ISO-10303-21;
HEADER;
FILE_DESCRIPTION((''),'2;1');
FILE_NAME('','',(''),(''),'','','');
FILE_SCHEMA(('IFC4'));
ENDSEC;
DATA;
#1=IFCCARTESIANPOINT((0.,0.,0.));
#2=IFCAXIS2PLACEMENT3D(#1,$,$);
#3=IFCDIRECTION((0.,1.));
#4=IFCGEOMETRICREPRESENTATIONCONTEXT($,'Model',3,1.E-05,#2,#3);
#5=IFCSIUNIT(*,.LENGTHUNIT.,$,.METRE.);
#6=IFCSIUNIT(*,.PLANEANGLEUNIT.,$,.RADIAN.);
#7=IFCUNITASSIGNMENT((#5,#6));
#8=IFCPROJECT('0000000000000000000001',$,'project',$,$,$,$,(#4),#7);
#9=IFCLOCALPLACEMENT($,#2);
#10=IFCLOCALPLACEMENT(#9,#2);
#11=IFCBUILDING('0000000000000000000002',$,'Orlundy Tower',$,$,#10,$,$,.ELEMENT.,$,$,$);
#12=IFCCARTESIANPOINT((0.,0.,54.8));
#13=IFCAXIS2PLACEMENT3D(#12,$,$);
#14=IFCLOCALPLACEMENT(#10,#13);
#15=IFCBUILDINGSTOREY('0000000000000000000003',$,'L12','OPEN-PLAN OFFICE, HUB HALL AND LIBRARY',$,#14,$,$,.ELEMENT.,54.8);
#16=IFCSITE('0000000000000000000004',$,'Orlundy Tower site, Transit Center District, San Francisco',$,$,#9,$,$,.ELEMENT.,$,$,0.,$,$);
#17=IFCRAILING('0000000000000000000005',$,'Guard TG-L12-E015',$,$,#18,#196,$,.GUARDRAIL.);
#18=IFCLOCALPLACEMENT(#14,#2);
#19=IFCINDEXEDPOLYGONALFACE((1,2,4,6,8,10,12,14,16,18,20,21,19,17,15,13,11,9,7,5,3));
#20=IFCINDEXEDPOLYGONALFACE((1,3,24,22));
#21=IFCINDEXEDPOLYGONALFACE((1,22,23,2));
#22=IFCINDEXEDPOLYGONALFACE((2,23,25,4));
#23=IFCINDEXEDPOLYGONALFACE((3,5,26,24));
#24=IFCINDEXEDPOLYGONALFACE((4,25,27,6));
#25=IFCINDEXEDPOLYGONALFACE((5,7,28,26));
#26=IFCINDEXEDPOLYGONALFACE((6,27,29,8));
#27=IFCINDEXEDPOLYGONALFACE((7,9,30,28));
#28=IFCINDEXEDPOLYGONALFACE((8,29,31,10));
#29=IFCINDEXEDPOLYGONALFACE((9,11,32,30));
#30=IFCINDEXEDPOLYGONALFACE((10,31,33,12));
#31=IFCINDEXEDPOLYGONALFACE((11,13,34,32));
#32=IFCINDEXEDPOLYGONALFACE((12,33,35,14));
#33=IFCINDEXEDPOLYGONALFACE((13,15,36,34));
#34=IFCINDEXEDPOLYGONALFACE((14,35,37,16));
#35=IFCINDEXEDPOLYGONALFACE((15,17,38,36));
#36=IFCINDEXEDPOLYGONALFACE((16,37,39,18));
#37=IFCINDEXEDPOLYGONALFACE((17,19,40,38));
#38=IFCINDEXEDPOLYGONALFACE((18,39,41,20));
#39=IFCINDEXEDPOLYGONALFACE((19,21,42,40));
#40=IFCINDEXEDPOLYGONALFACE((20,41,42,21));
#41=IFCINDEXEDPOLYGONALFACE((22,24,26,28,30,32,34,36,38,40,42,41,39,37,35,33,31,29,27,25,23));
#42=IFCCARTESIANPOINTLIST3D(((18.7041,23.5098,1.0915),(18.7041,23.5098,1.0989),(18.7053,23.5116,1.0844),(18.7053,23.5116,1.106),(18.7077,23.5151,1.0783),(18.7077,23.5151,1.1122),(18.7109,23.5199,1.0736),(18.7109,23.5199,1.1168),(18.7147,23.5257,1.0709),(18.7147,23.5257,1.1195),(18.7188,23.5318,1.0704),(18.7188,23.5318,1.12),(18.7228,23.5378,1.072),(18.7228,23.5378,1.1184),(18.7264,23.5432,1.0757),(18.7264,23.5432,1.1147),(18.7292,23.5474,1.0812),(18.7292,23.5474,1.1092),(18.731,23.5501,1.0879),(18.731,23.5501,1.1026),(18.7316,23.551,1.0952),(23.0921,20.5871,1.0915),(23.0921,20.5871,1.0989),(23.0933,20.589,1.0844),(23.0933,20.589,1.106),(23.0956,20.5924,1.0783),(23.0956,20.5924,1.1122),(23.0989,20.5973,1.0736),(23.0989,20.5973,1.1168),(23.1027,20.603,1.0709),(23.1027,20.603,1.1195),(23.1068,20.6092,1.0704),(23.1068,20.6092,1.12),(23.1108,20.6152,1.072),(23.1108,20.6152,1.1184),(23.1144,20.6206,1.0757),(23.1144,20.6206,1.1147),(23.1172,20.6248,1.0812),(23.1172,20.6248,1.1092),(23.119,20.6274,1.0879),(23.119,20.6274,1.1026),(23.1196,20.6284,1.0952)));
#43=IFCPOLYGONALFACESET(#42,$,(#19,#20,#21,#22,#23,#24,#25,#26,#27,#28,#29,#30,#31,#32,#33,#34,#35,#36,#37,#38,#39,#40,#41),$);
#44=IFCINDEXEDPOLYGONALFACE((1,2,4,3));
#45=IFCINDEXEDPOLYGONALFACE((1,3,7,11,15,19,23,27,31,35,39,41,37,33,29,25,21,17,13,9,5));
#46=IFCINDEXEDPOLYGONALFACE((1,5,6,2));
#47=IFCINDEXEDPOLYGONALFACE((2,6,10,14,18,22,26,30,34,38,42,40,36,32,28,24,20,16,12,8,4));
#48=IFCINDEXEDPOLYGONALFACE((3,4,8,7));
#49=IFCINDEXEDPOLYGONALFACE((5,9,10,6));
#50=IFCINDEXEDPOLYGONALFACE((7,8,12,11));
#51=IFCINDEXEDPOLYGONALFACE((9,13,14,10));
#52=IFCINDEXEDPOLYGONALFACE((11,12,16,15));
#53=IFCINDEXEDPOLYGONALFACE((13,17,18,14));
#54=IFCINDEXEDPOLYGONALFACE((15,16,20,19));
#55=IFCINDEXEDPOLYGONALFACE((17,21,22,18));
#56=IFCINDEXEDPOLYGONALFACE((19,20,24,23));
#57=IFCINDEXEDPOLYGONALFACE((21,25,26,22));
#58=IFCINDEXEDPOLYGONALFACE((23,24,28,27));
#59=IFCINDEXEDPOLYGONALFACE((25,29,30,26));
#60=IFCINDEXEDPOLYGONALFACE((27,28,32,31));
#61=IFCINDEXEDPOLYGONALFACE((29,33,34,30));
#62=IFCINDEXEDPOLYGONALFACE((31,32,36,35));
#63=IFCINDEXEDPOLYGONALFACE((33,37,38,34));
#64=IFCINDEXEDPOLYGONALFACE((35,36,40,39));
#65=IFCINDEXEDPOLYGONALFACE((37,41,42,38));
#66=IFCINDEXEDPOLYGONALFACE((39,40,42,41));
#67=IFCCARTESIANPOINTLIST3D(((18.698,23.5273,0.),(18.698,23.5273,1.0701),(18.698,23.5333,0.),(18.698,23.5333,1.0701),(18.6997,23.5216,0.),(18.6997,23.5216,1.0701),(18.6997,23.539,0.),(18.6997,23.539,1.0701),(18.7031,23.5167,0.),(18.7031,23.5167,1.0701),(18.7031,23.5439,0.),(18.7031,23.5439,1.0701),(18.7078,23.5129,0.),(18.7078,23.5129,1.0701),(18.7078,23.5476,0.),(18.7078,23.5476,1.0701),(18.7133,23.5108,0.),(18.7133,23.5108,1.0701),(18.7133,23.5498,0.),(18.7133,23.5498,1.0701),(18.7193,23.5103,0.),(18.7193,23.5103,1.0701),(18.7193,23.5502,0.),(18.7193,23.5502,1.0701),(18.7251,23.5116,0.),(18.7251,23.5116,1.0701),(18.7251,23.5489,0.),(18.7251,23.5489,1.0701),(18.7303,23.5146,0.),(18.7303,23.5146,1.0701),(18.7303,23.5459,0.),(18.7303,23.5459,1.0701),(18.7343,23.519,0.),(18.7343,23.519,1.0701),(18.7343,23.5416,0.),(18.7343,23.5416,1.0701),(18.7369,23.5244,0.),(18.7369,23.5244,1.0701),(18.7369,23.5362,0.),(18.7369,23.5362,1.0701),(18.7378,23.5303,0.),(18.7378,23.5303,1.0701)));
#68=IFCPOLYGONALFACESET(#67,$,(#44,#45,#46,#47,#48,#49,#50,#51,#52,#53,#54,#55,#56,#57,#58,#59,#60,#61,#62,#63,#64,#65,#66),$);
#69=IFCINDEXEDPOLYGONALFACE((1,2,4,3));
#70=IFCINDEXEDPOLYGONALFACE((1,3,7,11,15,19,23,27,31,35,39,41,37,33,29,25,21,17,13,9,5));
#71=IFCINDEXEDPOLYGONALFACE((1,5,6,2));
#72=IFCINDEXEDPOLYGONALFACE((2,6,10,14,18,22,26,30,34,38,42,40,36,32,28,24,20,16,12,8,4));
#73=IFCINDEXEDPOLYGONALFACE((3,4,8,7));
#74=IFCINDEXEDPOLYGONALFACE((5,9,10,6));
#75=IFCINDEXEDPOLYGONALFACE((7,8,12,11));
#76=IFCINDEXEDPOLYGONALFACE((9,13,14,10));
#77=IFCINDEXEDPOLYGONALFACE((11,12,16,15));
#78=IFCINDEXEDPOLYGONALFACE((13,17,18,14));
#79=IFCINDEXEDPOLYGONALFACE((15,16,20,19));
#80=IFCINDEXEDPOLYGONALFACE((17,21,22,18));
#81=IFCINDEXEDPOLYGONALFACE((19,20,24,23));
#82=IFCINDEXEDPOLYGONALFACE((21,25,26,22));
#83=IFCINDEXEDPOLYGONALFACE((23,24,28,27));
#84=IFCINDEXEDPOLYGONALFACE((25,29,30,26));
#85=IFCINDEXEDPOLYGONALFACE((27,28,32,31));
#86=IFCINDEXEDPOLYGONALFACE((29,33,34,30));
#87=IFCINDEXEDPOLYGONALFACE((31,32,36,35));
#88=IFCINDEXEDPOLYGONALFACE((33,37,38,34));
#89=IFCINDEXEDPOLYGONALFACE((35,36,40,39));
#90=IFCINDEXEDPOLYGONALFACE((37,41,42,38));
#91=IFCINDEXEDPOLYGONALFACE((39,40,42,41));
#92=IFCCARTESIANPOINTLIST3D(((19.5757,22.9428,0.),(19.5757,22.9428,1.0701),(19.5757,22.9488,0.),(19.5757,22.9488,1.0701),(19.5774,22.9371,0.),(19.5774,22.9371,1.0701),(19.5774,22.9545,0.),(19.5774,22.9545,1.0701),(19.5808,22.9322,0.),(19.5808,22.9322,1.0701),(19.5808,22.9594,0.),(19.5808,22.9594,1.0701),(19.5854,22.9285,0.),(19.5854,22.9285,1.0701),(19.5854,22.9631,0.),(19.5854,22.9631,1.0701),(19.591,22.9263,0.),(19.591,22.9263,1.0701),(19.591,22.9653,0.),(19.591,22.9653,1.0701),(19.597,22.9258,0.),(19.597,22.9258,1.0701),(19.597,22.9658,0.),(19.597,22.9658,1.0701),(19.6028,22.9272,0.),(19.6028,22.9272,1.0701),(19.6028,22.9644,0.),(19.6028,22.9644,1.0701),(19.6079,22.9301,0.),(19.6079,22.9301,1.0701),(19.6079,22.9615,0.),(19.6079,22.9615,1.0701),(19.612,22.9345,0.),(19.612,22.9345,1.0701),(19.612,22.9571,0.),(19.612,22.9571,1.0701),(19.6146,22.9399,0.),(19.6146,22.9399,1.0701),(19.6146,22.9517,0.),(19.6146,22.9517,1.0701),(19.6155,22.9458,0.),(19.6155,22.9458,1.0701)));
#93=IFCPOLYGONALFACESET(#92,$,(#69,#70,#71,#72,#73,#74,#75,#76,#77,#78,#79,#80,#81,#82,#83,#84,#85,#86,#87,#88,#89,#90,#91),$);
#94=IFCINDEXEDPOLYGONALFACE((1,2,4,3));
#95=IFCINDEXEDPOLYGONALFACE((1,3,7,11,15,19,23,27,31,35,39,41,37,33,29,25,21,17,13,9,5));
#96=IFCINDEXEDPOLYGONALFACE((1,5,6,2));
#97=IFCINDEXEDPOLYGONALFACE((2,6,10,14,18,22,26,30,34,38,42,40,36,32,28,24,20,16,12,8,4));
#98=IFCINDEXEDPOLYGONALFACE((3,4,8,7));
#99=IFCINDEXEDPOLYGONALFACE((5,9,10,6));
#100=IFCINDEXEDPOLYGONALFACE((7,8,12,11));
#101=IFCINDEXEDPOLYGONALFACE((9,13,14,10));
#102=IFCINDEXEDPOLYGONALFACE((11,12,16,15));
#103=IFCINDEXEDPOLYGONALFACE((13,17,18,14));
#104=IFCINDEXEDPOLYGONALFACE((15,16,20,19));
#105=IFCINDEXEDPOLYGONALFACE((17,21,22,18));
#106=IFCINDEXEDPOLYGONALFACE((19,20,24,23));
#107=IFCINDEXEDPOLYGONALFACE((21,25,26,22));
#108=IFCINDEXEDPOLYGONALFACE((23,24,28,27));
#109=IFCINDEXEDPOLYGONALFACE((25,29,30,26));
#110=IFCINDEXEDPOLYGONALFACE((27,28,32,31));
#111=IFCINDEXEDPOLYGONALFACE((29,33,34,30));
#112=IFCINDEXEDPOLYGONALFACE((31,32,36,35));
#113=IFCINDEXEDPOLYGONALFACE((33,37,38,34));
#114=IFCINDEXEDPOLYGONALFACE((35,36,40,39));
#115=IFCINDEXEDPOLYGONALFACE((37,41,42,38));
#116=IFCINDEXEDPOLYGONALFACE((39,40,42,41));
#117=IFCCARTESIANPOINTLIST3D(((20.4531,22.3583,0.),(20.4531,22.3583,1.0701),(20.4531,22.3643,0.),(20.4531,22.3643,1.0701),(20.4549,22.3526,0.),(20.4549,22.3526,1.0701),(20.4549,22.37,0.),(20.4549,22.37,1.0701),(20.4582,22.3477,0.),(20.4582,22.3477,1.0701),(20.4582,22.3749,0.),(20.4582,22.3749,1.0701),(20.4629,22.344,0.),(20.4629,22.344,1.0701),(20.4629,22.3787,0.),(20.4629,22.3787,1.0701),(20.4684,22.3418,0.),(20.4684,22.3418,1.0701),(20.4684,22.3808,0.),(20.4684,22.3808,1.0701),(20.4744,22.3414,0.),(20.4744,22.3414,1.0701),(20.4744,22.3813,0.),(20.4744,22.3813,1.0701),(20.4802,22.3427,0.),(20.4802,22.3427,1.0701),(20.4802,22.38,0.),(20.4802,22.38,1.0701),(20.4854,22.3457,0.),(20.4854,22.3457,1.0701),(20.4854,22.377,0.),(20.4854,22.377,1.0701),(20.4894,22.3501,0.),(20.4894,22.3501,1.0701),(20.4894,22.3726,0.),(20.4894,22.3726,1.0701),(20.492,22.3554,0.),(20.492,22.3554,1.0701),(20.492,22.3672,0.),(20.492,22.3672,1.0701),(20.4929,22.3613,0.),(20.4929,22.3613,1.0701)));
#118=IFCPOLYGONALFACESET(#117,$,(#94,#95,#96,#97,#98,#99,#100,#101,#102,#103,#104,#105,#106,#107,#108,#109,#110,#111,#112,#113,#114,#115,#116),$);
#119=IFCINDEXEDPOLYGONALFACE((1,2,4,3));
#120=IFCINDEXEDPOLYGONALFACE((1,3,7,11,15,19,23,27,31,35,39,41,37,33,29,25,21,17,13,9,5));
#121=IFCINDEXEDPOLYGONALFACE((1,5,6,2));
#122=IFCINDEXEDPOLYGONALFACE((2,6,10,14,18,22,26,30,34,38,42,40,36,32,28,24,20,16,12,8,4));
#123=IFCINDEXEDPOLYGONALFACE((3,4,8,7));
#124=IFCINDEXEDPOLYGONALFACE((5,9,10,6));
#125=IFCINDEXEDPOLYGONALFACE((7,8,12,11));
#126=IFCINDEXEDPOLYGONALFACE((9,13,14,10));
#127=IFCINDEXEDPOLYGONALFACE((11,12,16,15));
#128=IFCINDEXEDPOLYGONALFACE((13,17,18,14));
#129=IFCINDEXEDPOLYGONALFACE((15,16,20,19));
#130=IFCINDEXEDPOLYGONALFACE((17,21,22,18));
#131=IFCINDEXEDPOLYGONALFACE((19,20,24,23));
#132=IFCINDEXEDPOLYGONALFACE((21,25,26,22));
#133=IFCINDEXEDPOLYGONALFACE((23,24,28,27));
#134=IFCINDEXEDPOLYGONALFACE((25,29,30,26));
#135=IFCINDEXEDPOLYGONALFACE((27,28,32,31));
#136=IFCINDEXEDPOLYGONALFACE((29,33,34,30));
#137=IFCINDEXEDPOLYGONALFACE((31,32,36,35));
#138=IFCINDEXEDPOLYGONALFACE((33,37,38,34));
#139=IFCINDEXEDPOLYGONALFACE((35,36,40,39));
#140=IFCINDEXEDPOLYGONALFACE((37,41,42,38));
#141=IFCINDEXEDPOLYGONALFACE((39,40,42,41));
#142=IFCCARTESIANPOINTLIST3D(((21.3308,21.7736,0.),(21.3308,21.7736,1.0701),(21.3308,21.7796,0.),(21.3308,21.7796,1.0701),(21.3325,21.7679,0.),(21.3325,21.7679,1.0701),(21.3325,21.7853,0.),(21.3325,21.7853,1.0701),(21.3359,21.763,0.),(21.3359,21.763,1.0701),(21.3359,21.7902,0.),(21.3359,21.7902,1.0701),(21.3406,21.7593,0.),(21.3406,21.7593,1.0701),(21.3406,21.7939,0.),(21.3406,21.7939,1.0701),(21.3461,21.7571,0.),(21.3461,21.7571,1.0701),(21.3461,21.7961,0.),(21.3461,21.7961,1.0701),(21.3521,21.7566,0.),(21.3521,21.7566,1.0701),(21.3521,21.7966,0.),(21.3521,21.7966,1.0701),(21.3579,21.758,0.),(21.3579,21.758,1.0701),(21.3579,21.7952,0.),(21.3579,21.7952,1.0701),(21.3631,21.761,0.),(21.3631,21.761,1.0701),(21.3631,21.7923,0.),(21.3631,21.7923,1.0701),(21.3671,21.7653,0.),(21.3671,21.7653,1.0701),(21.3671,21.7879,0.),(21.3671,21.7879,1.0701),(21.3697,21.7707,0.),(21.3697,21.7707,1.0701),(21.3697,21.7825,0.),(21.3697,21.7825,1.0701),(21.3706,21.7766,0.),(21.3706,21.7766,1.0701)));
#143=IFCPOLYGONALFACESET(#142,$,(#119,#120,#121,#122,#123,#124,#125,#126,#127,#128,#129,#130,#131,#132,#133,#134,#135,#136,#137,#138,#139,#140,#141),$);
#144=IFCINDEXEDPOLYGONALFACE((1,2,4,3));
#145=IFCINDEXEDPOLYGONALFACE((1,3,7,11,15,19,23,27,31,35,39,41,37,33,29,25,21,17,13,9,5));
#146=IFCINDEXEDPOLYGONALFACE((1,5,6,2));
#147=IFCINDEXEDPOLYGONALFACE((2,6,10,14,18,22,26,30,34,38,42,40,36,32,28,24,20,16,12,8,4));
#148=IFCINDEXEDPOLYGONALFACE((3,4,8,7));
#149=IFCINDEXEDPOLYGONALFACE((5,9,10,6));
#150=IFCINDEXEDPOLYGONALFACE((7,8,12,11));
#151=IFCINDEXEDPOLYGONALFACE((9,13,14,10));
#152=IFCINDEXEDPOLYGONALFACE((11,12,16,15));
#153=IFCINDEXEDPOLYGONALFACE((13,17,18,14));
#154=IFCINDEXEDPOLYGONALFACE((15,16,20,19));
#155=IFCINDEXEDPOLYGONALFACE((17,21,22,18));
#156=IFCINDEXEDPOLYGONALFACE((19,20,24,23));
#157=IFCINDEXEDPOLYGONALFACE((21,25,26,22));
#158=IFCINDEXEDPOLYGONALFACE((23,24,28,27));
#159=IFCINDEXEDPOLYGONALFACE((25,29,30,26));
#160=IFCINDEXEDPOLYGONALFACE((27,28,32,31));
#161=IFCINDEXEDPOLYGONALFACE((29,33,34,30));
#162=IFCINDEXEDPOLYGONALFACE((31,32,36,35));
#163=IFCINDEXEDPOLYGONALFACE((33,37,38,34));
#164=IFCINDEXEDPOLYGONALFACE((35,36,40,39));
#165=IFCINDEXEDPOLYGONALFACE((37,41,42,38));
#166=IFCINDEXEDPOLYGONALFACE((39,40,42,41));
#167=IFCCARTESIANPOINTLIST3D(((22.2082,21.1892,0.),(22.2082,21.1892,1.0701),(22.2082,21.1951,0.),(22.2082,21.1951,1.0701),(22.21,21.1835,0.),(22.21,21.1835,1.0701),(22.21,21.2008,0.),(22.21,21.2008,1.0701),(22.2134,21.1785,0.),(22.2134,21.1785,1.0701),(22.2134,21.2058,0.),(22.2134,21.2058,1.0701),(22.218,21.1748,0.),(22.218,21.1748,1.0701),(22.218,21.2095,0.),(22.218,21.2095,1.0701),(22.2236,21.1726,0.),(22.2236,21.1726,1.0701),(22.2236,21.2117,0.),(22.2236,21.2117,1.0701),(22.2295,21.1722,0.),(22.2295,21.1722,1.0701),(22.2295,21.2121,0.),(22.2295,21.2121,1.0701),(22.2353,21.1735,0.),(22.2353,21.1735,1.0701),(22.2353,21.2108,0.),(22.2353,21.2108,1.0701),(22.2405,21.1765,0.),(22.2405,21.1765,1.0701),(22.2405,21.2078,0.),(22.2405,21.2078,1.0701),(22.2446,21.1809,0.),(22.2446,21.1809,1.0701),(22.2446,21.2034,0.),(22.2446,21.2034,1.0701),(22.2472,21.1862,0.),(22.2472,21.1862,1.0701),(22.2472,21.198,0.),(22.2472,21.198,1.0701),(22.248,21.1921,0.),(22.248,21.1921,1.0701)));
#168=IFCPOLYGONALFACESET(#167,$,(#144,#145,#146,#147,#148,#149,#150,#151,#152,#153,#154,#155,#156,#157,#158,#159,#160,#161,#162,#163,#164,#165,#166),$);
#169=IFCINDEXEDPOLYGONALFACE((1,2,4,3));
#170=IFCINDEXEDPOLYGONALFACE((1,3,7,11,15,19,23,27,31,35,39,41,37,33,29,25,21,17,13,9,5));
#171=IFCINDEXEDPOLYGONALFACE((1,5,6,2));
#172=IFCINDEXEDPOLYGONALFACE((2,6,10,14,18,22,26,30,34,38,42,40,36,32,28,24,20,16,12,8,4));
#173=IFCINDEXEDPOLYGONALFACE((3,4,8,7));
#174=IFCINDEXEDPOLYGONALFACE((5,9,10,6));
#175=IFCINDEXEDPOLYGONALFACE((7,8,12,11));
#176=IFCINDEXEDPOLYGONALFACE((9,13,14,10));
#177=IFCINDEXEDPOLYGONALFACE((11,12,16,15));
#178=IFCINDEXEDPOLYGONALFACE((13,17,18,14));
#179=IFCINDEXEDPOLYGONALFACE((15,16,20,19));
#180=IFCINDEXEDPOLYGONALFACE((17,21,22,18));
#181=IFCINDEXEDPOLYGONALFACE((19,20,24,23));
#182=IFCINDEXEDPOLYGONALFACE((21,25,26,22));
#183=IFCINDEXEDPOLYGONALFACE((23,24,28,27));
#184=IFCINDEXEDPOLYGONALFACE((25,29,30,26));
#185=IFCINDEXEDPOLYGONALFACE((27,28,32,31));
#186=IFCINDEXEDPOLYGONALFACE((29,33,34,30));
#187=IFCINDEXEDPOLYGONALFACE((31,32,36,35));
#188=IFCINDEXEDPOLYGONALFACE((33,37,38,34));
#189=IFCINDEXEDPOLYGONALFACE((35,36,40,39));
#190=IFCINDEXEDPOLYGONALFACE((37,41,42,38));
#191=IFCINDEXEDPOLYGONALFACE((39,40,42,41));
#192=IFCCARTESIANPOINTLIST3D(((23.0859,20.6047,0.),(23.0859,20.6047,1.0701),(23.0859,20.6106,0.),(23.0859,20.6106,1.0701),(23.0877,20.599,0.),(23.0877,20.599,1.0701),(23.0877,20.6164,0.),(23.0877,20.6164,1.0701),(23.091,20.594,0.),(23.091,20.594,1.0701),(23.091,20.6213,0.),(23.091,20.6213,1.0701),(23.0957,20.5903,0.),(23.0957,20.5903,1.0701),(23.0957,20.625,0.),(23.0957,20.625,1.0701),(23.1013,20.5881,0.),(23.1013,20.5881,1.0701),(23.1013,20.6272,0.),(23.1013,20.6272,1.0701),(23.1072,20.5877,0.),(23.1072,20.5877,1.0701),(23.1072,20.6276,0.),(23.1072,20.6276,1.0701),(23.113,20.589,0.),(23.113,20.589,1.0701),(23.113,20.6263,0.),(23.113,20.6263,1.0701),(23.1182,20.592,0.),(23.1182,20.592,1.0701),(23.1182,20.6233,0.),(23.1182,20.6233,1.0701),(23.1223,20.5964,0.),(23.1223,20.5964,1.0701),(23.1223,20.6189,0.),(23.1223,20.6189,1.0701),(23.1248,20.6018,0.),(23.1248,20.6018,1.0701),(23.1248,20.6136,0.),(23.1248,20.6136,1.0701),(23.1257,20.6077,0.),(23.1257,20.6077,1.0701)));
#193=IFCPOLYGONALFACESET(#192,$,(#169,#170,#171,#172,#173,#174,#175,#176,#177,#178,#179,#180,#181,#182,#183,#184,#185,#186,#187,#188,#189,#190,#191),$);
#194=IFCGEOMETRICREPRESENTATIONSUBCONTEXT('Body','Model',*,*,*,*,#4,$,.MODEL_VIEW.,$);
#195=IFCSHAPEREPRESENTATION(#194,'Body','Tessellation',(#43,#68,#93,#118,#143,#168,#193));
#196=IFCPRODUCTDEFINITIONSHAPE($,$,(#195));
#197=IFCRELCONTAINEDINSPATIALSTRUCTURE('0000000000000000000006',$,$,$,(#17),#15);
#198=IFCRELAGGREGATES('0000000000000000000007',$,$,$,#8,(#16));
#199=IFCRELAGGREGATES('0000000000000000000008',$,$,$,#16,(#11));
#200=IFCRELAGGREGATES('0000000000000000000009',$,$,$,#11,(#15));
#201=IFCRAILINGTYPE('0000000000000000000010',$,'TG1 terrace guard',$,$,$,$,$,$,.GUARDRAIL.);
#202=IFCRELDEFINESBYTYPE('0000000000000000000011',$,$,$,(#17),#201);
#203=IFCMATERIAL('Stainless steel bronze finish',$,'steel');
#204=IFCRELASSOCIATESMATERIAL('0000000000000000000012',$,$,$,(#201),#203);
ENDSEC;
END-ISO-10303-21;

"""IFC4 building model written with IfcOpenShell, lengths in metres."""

from ifc_helpers import new_model, si_unit, direction, frame, origin, origin_2d, place, context, subcontext, project, spatial, circle, extrude, material, type_object, element, save


model = new_model("IFC4")

# Units and contexts
model_context = context("Model", 3, precision=1e-05, world=origin(), true_north=direction((0.0, 1.0)))
body_context = subcontext(model_context, "Body", "Model", "MODEL_VIEW")
ifc_project = project(units=[si_unit("LENGTHUNIT", "METRE"), si_unit("PLANEANGLEUNIT", "RADIAN")], contexts=[model_context])

# Site, building, storey
site_placement = place(None, origin())
site = spatial("IfcSite", under=ifc_project, at=site_placement, Name="Orlundy Tower site, Transit Center District, San Francisco", CompositionType="ELEMENT", RefElevation=0.0)
building_placement = place(site_placement, origin())
building = spatial("IfcBuilding", under=site, at=building_placement, Name="Orlundy Tower", CompositionType="ELEMENT")
storey_placement = place(building_placement, frame((0.0, 0.0, 54.8)))
storey = spatial("IfcBuildingStorey", under=building, at=storey_placement, Name="L12", Description="OPEN-PLAN OFFICE, HUB HALL AND LIBRARY", CompositionType="ELEMENT", Elevation=54.8)

# Railing
ifc_material_1 = material(Name="Stainless steel bronze finish", Category="steel")
railing_type = type_object("IfcRailingType", Name="TG1 terrace guard", PredefinedType="GUARDRAIL", material=ifc_material_1)
railing_1_placement = place(storey_placement, frame((18.7178, 23.5303, 0.0)))
element("IfcRailing", 1, at=railing_1_placement, inside=storey, type_object=railing_type, Name="Guard TG-L12-E015", PredefinedType="GUARDRAIL", context=body_context, shape_type="SweptSolid", body=[
    extrude(circle(Radius=0.0249, at=origin_2d()), frame((0.0, 0.0, 1.0952), z_axis=(0.832285, -0.554347, 0.0), x_axis=(0.554347, 0.832285, 0.0)), (0.0, 0.0, 1.0), 5.2722),
    extrude(circle(Radius=0.02, at=origin_2d()), origin(), (0.0, 0.0, 1.0), 1.0701),
    extrude(circle(Radius=0.02, at=origin_2d()), frame((0.8777, -0.5845, 0.0)), (0.0, 0.0, 1.0), 1.0701),
    extrude(circle(Radius=0.02, at=origin_2d()), frame((1.7551, -1.1689, 0.0)), (0.0, 0.0, 1.0), 1.0701),
    extrude(circle(Radius=0.02, at=origin_2d()), frame((2.6328, -1.7537, 0.0)), (0.0, 0.0, 1.0), 1.0701),
    extrude(circle(Radius=0.02, at=origin_2d()), frame((3.5103, -2.3381, 0.0)), (0.0, 0.0, 1.0), 1.0701),
    extrude(circle(Radius=0.02, at=origin_2d()), frame((4.3879, -2.9226, 0.0)), (0.0, 0.0, 1.0), 1.0701),
])

save(model, "model.ifc")
